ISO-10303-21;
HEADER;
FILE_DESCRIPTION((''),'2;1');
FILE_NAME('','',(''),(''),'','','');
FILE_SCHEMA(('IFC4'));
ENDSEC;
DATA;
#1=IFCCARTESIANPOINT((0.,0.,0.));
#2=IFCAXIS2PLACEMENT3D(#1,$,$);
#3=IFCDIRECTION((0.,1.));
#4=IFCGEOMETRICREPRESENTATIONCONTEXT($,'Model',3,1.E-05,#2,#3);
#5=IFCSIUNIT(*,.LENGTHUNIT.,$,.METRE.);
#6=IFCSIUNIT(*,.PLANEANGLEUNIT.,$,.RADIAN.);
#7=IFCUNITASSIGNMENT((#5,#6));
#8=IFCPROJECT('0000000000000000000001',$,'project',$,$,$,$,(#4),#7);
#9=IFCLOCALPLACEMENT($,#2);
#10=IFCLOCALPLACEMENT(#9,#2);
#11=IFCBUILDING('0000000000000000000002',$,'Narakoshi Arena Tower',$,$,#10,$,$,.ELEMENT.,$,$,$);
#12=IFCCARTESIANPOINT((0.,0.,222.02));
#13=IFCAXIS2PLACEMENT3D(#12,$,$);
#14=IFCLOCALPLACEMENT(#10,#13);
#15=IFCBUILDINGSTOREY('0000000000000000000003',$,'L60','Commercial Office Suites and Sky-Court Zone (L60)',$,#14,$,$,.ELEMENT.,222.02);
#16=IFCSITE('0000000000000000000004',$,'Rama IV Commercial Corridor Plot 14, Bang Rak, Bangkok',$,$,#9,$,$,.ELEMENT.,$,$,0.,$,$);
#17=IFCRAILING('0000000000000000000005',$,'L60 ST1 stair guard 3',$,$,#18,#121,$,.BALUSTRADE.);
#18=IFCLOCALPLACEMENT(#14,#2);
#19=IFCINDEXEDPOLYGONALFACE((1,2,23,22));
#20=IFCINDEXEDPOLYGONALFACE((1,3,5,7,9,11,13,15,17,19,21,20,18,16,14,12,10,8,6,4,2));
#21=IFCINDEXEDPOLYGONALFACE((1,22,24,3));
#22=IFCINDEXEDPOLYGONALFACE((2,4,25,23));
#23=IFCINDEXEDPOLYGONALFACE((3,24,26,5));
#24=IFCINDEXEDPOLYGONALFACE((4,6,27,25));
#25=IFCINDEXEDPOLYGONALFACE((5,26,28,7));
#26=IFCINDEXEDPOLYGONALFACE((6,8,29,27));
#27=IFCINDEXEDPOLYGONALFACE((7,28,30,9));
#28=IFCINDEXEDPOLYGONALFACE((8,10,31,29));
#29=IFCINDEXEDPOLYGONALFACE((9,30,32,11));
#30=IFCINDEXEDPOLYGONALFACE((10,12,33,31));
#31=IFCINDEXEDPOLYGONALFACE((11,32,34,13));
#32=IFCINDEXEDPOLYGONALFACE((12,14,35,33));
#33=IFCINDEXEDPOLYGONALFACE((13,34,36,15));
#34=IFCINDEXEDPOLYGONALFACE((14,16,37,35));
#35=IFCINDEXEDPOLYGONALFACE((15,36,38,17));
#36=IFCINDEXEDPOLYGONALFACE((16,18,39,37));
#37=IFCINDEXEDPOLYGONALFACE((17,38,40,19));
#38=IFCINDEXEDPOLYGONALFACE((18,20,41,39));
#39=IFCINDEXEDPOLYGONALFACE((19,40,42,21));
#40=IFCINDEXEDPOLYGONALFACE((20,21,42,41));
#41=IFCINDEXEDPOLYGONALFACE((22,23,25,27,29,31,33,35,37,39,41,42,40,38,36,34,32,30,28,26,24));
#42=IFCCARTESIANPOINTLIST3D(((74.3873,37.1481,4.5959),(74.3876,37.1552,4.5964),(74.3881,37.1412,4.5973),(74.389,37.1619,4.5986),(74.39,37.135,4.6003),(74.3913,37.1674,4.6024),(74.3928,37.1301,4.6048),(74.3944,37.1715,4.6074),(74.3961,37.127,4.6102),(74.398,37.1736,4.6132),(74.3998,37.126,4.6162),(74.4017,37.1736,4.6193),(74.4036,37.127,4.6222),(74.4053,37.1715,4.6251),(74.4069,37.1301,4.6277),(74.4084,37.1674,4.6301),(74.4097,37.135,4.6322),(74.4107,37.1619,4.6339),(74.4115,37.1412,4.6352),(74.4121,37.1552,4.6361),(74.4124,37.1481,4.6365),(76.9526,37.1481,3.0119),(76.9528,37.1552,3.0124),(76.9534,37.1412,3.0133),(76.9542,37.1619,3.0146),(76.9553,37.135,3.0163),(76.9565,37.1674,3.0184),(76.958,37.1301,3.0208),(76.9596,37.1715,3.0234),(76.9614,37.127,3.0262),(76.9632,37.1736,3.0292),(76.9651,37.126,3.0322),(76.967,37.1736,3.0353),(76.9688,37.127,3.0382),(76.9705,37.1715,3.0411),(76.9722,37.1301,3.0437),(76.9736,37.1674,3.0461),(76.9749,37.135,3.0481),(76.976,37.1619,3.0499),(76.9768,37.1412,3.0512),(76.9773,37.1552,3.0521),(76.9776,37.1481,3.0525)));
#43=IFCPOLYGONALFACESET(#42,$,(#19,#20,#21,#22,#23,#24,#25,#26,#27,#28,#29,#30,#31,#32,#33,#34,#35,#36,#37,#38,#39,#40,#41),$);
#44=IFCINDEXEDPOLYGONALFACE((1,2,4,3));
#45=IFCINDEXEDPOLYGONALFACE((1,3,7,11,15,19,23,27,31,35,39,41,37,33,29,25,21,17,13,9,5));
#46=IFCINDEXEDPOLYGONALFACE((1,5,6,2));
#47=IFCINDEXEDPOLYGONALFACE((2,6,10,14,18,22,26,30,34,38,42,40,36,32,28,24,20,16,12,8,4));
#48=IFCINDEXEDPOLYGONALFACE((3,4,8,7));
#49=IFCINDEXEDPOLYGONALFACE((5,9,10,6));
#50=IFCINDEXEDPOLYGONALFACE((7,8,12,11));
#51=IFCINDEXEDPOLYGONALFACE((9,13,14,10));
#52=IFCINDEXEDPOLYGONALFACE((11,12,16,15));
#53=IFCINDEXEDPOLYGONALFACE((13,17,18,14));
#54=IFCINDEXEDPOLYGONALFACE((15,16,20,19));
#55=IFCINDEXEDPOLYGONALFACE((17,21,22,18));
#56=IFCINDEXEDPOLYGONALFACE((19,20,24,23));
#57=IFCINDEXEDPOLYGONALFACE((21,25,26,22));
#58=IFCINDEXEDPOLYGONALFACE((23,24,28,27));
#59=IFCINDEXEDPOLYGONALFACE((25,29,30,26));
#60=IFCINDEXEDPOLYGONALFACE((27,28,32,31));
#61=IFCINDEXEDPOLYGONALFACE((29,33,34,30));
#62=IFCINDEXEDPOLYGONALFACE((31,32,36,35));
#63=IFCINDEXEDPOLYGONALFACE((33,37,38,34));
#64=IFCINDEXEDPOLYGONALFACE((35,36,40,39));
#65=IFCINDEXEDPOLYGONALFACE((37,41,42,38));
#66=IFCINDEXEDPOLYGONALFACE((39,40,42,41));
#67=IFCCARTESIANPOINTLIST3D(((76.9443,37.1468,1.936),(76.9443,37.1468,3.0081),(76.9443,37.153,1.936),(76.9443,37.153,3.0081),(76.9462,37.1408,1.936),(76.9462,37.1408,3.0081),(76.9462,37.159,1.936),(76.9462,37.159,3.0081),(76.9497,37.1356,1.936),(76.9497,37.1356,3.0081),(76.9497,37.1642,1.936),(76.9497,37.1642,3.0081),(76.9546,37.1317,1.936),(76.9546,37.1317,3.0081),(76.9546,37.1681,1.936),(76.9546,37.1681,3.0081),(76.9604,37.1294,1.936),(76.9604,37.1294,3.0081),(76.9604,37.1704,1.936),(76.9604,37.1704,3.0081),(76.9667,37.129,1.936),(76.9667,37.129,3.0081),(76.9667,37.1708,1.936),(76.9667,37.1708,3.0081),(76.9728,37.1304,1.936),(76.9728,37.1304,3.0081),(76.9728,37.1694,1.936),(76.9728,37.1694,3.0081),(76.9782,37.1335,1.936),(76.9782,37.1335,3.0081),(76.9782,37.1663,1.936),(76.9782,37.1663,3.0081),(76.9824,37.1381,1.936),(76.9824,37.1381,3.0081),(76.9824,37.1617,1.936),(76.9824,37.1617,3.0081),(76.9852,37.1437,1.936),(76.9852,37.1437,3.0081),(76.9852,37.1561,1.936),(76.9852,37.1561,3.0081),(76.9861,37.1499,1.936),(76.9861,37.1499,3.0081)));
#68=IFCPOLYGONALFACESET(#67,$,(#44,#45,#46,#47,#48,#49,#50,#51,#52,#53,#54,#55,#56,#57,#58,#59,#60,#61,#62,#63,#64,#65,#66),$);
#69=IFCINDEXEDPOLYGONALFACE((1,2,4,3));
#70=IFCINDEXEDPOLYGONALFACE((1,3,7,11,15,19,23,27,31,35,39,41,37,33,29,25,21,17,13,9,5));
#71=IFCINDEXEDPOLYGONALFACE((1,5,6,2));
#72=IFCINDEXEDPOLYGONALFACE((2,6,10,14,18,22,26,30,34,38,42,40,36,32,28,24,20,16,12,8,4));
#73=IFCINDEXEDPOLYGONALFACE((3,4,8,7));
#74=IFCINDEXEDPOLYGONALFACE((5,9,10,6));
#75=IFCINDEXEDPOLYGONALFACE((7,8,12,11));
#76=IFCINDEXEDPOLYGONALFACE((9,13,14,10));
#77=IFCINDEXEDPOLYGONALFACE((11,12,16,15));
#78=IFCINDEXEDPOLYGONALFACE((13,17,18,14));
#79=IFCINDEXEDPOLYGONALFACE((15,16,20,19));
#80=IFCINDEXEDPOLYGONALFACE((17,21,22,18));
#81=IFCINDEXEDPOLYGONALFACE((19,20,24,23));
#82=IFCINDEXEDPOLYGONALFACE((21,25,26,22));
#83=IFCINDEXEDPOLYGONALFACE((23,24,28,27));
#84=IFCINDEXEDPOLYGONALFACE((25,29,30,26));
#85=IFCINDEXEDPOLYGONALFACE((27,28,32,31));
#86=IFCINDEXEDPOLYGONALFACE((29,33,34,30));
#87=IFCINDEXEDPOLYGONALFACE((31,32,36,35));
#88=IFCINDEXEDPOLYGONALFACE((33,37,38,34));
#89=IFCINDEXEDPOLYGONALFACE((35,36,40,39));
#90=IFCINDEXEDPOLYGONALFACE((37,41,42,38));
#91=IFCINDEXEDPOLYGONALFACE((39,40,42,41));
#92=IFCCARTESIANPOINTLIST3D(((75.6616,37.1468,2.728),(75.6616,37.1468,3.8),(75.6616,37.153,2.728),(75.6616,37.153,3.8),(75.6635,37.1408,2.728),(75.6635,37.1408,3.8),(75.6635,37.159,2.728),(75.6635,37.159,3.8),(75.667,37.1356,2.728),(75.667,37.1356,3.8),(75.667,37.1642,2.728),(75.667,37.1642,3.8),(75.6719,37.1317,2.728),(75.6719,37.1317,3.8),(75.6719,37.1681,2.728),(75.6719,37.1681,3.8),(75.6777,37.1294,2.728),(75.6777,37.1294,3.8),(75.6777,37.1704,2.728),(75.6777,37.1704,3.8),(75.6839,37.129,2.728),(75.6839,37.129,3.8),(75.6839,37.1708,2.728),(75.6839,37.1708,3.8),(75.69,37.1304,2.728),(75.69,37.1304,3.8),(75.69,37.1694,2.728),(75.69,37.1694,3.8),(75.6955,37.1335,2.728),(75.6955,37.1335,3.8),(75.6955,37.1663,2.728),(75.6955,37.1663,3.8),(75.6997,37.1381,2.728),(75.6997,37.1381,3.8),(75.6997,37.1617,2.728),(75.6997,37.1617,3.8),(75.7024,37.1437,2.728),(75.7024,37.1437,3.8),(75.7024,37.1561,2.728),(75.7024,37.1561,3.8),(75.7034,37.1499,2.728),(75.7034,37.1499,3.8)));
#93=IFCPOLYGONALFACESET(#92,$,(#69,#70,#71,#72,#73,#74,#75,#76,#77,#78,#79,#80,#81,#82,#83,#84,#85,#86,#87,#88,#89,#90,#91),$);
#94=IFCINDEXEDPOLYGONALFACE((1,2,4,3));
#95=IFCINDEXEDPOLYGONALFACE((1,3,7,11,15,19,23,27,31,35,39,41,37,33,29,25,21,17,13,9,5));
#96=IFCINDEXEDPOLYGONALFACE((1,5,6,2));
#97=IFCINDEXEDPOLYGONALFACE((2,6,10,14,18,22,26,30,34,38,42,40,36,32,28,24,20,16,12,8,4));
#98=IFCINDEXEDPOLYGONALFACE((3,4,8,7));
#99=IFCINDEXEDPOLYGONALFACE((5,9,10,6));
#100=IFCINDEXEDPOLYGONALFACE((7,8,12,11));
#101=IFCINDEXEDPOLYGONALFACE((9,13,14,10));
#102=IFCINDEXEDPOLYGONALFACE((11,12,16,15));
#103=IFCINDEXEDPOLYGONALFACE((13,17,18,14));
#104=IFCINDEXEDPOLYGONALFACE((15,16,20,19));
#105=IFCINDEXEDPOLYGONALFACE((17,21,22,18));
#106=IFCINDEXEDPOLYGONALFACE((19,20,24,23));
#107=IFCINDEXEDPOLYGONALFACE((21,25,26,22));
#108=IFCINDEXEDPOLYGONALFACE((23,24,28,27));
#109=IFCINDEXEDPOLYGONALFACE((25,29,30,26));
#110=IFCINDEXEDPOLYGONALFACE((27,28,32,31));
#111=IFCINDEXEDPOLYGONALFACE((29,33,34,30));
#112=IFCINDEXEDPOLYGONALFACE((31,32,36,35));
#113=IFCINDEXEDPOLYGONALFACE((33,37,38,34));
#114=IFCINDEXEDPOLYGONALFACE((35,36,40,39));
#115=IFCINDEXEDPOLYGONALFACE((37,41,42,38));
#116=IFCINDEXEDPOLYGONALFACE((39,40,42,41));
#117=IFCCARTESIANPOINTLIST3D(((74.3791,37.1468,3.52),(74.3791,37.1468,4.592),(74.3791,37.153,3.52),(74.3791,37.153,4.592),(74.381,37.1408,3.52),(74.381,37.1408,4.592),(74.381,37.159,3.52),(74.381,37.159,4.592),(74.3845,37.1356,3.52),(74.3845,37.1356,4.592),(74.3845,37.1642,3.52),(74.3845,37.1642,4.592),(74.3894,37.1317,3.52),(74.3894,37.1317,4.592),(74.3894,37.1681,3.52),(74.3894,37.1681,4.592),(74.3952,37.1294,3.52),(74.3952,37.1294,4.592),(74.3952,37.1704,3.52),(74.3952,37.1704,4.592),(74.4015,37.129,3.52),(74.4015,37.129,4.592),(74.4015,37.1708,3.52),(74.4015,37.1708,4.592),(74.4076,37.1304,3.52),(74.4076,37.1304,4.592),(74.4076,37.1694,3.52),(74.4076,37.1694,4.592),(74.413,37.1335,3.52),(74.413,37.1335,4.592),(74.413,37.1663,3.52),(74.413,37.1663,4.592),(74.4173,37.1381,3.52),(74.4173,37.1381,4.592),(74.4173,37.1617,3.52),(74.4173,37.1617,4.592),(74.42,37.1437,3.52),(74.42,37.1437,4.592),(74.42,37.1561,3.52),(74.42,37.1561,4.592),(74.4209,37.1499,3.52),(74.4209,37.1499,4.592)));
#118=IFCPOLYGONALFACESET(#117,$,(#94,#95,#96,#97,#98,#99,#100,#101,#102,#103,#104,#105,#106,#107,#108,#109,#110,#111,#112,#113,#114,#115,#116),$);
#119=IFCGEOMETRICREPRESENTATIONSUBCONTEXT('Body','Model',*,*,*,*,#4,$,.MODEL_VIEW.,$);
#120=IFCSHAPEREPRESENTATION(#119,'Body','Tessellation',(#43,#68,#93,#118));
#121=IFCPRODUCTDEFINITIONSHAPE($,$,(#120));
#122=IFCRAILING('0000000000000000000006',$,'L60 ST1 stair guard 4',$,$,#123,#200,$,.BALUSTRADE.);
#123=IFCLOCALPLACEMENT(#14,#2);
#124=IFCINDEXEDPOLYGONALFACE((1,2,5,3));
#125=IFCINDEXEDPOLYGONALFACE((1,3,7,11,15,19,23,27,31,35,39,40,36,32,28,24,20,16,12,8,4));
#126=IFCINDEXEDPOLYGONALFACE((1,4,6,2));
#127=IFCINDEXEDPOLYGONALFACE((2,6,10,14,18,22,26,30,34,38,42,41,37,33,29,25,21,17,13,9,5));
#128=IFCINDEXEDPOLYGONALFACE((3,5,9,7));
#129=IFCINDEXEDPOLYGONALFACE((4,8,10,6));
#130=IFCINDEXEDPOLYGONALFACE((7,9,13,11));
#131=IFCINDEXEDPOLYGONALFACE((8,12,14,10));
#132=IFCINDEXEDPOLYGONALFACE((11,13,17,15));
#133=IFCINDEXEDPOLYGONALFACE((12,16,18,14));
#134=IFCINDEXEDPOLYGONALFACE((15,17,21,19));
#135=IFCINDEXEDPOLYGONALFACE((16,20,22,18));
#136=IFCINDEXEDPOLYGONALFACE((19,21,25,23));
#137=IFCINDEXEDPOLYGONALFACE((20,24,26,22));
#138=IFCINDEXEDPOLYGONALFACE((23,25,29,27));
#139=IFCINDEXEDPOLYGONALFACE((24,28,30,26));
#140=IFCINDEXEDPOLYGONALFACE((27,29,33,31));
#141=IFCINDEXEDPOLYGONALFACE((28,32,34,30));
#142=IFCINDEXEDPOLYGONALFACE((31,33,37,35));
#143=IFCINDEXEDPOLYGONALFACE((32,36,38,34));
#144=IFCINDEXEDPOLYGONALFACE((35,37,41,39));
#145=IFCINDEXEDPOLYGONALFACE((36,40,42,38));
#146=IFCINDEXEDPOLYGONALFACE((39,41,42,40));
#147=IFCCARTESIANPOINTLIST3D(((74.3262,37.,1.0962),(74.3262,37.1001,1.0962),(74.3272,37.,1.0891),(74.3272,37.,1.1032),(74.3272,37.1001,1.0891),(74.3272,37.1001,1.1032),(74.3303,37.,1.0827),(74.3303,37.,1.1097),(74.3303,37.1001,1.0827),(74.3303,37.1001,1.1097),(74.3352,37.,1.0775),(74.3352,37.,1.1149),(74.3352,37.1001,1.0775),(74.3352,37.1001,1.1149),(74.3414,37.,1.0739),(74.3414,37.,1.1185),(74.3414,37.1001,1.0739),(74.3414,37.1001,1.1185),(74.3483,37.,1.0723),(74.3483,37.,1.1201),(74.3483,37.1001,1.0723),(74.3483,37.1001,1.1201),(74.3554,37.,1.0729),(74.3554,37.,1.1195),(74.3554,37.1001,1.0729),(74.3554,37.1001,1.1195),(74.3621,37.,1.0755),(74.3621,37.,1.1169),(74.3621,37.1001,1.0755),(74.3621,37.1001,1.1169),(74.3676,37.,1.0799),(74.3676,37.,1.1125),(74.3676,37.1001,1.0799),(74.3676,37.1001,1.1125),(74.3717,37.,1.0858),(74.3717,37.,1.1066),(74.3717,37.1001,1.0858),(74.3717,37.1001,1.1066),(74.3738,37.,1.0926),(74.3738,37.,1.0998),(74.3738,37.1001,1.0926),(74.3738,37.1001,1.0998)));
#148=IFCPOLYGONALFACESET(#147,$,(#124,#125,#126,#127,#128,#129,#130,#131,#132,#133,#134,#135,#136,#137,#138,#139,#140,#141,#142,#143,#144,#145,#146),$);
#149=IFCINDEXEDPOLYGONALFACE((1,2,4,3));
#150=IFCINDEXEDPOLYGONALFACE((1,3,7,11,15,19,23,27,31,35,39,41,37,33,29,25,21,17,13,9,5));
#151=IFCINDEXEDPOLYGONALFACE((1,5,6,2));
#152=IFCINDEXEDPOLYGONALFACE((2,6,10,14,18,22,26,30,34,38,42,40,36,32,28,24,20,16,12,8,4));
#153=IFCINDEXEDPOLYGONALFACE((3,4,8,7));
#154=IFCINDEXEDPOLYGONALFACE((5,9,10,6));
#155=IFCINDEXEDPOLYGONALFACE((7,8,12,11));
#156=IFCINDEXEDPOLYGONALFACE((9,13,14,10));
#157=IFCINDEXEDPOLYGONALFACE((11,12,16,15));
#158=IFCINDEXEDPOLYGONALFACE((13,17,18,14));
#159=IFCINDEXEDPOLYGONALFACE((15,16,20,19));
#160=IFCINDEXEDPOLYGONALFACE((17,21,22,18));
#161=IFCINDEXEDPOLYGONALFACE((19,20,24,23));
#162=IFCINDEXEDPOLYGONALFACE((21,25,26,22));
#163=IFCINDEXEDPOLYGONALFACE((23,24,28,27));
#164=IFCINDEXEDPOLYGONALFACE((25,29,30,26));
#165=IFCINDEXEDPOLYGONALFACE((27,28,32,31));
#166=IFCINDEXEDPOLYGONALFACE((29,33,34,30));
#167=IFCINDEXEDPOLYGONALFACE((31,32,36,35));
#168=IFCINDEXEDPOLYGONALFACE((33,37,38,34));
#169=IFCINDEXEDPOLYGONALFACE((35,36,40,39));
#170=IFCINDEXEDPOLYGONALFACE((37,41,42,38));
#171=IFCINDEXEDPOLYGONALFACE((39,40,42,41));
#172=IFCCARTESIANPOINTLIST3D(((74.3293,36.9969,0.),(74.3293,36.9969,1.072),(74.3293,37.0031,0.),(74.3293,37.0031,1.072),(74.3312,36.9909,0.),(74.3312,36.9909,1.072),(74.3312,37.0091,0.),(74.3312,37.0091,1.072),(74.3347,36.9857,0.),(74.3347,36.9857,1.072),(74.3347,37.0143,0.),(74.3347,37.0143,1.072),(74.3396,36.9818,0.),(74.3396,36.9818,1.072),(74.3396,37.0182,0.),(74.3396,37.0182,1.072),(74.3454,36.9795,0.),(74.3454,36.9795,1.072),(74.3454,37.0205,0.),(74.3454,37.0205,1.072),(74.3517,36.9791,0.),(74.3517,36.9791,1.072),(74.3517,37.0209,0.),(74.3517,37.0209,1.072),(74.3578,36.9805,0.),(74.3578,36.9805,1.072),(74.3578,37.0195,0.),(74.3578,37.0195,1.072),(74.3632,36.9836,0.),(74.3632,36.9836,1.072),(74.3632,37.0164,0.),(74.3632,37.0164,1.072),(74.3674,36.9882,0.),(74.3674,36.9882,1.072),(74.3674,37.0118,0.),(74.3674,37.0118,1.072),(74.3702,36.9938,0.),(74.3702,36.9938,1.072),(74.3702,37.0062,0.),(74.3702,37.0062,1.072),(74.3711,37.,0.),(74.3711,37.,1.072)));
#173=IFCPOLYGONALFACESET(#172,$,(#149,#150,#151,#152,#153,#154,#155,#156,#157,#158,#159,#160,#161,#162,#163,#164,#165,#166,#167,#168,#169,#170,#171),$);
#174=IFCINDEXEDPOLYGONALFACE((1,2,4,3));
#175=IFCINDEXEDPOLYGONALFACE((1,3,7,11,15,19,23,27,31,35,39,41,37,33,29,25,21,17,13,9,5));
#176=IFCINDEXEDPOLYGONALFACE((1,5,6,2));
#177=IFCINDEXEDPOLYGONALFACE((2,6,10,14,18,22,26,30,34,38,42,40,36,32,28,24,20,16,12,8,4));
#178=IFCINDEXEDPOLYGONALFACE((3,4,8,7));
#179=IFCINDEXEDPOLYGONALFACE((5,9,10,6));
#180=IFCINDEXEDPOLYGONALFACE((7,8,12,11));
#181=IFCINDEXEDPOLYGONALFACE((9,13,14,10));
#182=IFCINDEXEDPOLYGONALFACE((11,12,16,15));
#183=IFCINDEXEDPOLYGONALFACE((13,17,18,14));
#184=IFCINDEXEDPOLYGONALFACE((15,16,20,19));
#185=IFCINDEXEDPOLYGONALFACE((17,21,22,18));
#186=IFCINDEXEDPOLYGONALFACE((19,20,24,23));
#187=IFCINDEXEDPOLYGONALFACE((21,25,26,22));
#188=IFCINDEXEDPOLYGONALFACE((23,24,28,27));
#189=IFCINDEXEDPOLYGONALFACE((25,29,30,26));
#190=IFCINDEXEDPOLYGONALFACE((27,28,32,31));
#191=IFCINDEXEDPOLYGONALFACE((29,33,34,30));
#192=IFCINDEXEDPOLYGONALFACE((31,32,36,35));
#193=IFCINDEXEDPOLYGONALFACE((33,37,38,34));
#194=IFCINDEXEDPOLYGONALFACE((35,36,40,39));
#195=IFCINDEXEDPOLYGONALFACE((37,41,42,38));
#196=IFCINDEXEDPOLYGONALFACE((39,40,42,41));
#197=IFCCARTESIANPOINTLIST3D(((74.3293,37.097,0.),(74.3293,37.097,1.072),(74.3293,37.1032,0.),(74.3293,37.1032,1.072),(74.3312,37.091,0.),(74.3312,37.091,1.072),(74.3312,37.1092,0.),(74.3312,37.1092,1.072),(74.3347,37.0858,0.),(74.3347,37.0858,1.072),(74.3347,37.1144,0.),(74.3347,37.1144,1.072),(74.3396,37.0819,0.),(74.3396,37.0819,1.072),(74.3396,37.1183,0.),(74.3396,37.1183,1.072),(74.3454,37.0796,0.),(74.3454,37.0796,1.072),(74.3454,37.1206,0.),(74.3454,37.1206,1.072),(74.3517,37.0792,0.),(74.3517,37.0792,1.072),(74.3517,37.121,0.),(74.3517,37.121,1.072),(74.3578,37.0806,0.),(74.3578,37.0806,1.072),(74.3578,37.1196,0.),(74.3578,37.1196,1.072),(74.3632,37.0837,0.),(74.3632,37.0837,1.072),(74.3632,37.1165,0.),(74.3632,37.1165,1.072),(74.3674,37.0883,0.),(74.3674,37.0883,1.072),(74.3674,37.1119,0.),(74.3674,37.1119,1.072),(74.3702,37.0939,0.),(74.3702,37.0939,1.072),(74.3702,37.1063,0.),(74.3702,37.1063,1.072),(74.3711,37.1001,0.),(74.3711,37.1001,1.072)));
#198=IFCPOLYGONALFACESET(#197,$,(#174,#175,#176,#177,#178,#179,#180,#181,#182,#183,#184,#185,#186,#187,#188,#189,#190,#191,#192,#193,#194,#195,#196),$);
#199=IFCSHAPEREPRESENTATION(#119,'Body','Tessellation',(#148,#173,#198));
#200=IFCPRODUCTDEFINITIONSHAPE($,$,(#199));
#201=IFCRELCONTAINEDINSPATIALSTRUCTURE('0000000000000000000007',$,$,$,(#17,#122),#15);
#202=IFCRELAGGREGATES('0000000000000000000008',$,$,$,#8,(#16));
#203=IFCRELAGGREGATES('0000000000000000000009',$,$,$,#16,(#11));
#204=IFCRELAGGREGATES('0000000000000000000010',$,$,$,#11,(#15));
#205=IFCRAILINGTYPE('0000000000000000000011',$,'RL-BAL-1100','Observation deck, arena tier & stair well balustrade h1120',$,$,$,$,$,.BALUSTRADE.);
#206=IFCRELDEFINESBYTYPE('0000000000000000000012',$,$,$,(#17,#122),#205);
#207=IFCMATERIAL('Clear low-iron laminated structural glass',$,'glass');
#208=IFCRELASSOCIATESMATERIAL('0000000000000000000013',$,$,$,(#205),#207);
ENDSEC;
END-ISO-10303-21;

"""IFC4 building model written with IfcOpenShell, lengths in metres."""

from ifc_helpers import new_model, si_unit, direction, frame, origin, origin_2d, place, context, subcontext, project, spatial, circle, extrude, material, type_object, element, save


model = new_model("IFC4")

# Units and contexts
model_context = context("Model", 3, precision=1e-05, world=origin(), true_north=direction((0.0, 1.0)))
body_context = subcontext(model_context, "Body", "Model", "MODEL_VIEW")
ifc_project = project(units=[si_unit("LENGTHUNIT", "METRE"), si_unit("PLANEANGLEUNIT", "RADIAN")], contexts=[model_context])

# Site, building, storey
site_placement = place(None, origin())
site = spatial("IfcSite", under=ifc_project, at=site_placement, Name="Rama IV Commercial Corridor Plot 14, Bang Rak, Bangkok", CompositionType="ELEMENT", RefElevation=0.0)
building_placement = place(site_placement, origin())
building = spatial("IfcBuilding", under=site, at=building_placement, Name="Narakoshi Arena Tower", CompositionType="ELEMENT")
storey_placement = place(building_placement, frame((0.0, 0.0, 222.02)))
storey = spatial("IfcBuildingStorey", under=building, at=storey_placement, Name="L60", Description="Commercial Office Suites and Sky-Court Zone (L60)", CompositionType="ELEMENT", Elevation=222.02)

# Railings
ifc_material_1 = material(Name="Clear low-iron laminated structural glass", Category="glass")
railing_type_1 = type_object("IfcRailingType", Name="RL-BAL-1100", Description="Observation deck, arena tier & stair well balustrade h1120", PredefinedType="BALUSTRADE", material=ifc_material_1)
railing_1_placement = place(storey_placement, frame((76.9651, 37.1499, 1.936)))
element("IfcRailing", 1, at=railing_1_placement, inside=storey, type_object=railing_type_1, Name="L60 ST1 stair guard 3", PredefinedType="BALUSTRADE", context=body_context, shape_type="SweptSolid", body=[
    extrude(circle(Radius=0.0239, at=origin_2d()), frame((0.0, 0.0, 1.0962), z_axis=(-0.850857, 0.0, 0.525398), x_axis=(0.0, -1.0, 0.0)), (0.0, 0.0, 1.0), 3.0149),
    extrude(circle(Radius=0.021, at=origin_2d()), origin(), (0.0, 0.0, 1.0), 1.072),
    extrude(circle(Radius=0.021, at=origin_2d()), frame((-1.2827, 0.0, 0.792)), (0.0, 0.0, 1.0), 1.072),
    extrude(circle(Radius=0.021, at=origin_2d()), frame((-2.5652, 0.0, 1.584)), (0.0, 0.0, 1.0), 1.072),
])
railing_2_placement = place(storey_placement, frame((74.3501, 37.0, 0.0)))
element("IfcRailing", 2, at=railing_2_placement, inside=storey, type_object=railing_type_1, Name="L60 ST1 stair guard 4", PredefinedType="BALUSTRADE", context=body_context, shape_type="SweptSolid", body=[
    extrude(circle(Radius=0.0239, at=origin_2d()), frame((0.0, 0.0, 1.0962), z_axis=(0.0, 1.0, 0.0), x_axis=(-1.0, 0.0, 0.0)), (0.0, 0.0, 1.0), 0.1001),
    extrude(circle(Radius=0.021, at=origin_2d()), origin(), (0.0, 0.0, 1.0), 1.072),
    extrude(circle(Radius=0.021, at=origin_2d()), frame((0.0, 0.1001, 0.0)), (0.0, 0.0, 1.0), 1.072),
])

save(model, "model.ifc")
